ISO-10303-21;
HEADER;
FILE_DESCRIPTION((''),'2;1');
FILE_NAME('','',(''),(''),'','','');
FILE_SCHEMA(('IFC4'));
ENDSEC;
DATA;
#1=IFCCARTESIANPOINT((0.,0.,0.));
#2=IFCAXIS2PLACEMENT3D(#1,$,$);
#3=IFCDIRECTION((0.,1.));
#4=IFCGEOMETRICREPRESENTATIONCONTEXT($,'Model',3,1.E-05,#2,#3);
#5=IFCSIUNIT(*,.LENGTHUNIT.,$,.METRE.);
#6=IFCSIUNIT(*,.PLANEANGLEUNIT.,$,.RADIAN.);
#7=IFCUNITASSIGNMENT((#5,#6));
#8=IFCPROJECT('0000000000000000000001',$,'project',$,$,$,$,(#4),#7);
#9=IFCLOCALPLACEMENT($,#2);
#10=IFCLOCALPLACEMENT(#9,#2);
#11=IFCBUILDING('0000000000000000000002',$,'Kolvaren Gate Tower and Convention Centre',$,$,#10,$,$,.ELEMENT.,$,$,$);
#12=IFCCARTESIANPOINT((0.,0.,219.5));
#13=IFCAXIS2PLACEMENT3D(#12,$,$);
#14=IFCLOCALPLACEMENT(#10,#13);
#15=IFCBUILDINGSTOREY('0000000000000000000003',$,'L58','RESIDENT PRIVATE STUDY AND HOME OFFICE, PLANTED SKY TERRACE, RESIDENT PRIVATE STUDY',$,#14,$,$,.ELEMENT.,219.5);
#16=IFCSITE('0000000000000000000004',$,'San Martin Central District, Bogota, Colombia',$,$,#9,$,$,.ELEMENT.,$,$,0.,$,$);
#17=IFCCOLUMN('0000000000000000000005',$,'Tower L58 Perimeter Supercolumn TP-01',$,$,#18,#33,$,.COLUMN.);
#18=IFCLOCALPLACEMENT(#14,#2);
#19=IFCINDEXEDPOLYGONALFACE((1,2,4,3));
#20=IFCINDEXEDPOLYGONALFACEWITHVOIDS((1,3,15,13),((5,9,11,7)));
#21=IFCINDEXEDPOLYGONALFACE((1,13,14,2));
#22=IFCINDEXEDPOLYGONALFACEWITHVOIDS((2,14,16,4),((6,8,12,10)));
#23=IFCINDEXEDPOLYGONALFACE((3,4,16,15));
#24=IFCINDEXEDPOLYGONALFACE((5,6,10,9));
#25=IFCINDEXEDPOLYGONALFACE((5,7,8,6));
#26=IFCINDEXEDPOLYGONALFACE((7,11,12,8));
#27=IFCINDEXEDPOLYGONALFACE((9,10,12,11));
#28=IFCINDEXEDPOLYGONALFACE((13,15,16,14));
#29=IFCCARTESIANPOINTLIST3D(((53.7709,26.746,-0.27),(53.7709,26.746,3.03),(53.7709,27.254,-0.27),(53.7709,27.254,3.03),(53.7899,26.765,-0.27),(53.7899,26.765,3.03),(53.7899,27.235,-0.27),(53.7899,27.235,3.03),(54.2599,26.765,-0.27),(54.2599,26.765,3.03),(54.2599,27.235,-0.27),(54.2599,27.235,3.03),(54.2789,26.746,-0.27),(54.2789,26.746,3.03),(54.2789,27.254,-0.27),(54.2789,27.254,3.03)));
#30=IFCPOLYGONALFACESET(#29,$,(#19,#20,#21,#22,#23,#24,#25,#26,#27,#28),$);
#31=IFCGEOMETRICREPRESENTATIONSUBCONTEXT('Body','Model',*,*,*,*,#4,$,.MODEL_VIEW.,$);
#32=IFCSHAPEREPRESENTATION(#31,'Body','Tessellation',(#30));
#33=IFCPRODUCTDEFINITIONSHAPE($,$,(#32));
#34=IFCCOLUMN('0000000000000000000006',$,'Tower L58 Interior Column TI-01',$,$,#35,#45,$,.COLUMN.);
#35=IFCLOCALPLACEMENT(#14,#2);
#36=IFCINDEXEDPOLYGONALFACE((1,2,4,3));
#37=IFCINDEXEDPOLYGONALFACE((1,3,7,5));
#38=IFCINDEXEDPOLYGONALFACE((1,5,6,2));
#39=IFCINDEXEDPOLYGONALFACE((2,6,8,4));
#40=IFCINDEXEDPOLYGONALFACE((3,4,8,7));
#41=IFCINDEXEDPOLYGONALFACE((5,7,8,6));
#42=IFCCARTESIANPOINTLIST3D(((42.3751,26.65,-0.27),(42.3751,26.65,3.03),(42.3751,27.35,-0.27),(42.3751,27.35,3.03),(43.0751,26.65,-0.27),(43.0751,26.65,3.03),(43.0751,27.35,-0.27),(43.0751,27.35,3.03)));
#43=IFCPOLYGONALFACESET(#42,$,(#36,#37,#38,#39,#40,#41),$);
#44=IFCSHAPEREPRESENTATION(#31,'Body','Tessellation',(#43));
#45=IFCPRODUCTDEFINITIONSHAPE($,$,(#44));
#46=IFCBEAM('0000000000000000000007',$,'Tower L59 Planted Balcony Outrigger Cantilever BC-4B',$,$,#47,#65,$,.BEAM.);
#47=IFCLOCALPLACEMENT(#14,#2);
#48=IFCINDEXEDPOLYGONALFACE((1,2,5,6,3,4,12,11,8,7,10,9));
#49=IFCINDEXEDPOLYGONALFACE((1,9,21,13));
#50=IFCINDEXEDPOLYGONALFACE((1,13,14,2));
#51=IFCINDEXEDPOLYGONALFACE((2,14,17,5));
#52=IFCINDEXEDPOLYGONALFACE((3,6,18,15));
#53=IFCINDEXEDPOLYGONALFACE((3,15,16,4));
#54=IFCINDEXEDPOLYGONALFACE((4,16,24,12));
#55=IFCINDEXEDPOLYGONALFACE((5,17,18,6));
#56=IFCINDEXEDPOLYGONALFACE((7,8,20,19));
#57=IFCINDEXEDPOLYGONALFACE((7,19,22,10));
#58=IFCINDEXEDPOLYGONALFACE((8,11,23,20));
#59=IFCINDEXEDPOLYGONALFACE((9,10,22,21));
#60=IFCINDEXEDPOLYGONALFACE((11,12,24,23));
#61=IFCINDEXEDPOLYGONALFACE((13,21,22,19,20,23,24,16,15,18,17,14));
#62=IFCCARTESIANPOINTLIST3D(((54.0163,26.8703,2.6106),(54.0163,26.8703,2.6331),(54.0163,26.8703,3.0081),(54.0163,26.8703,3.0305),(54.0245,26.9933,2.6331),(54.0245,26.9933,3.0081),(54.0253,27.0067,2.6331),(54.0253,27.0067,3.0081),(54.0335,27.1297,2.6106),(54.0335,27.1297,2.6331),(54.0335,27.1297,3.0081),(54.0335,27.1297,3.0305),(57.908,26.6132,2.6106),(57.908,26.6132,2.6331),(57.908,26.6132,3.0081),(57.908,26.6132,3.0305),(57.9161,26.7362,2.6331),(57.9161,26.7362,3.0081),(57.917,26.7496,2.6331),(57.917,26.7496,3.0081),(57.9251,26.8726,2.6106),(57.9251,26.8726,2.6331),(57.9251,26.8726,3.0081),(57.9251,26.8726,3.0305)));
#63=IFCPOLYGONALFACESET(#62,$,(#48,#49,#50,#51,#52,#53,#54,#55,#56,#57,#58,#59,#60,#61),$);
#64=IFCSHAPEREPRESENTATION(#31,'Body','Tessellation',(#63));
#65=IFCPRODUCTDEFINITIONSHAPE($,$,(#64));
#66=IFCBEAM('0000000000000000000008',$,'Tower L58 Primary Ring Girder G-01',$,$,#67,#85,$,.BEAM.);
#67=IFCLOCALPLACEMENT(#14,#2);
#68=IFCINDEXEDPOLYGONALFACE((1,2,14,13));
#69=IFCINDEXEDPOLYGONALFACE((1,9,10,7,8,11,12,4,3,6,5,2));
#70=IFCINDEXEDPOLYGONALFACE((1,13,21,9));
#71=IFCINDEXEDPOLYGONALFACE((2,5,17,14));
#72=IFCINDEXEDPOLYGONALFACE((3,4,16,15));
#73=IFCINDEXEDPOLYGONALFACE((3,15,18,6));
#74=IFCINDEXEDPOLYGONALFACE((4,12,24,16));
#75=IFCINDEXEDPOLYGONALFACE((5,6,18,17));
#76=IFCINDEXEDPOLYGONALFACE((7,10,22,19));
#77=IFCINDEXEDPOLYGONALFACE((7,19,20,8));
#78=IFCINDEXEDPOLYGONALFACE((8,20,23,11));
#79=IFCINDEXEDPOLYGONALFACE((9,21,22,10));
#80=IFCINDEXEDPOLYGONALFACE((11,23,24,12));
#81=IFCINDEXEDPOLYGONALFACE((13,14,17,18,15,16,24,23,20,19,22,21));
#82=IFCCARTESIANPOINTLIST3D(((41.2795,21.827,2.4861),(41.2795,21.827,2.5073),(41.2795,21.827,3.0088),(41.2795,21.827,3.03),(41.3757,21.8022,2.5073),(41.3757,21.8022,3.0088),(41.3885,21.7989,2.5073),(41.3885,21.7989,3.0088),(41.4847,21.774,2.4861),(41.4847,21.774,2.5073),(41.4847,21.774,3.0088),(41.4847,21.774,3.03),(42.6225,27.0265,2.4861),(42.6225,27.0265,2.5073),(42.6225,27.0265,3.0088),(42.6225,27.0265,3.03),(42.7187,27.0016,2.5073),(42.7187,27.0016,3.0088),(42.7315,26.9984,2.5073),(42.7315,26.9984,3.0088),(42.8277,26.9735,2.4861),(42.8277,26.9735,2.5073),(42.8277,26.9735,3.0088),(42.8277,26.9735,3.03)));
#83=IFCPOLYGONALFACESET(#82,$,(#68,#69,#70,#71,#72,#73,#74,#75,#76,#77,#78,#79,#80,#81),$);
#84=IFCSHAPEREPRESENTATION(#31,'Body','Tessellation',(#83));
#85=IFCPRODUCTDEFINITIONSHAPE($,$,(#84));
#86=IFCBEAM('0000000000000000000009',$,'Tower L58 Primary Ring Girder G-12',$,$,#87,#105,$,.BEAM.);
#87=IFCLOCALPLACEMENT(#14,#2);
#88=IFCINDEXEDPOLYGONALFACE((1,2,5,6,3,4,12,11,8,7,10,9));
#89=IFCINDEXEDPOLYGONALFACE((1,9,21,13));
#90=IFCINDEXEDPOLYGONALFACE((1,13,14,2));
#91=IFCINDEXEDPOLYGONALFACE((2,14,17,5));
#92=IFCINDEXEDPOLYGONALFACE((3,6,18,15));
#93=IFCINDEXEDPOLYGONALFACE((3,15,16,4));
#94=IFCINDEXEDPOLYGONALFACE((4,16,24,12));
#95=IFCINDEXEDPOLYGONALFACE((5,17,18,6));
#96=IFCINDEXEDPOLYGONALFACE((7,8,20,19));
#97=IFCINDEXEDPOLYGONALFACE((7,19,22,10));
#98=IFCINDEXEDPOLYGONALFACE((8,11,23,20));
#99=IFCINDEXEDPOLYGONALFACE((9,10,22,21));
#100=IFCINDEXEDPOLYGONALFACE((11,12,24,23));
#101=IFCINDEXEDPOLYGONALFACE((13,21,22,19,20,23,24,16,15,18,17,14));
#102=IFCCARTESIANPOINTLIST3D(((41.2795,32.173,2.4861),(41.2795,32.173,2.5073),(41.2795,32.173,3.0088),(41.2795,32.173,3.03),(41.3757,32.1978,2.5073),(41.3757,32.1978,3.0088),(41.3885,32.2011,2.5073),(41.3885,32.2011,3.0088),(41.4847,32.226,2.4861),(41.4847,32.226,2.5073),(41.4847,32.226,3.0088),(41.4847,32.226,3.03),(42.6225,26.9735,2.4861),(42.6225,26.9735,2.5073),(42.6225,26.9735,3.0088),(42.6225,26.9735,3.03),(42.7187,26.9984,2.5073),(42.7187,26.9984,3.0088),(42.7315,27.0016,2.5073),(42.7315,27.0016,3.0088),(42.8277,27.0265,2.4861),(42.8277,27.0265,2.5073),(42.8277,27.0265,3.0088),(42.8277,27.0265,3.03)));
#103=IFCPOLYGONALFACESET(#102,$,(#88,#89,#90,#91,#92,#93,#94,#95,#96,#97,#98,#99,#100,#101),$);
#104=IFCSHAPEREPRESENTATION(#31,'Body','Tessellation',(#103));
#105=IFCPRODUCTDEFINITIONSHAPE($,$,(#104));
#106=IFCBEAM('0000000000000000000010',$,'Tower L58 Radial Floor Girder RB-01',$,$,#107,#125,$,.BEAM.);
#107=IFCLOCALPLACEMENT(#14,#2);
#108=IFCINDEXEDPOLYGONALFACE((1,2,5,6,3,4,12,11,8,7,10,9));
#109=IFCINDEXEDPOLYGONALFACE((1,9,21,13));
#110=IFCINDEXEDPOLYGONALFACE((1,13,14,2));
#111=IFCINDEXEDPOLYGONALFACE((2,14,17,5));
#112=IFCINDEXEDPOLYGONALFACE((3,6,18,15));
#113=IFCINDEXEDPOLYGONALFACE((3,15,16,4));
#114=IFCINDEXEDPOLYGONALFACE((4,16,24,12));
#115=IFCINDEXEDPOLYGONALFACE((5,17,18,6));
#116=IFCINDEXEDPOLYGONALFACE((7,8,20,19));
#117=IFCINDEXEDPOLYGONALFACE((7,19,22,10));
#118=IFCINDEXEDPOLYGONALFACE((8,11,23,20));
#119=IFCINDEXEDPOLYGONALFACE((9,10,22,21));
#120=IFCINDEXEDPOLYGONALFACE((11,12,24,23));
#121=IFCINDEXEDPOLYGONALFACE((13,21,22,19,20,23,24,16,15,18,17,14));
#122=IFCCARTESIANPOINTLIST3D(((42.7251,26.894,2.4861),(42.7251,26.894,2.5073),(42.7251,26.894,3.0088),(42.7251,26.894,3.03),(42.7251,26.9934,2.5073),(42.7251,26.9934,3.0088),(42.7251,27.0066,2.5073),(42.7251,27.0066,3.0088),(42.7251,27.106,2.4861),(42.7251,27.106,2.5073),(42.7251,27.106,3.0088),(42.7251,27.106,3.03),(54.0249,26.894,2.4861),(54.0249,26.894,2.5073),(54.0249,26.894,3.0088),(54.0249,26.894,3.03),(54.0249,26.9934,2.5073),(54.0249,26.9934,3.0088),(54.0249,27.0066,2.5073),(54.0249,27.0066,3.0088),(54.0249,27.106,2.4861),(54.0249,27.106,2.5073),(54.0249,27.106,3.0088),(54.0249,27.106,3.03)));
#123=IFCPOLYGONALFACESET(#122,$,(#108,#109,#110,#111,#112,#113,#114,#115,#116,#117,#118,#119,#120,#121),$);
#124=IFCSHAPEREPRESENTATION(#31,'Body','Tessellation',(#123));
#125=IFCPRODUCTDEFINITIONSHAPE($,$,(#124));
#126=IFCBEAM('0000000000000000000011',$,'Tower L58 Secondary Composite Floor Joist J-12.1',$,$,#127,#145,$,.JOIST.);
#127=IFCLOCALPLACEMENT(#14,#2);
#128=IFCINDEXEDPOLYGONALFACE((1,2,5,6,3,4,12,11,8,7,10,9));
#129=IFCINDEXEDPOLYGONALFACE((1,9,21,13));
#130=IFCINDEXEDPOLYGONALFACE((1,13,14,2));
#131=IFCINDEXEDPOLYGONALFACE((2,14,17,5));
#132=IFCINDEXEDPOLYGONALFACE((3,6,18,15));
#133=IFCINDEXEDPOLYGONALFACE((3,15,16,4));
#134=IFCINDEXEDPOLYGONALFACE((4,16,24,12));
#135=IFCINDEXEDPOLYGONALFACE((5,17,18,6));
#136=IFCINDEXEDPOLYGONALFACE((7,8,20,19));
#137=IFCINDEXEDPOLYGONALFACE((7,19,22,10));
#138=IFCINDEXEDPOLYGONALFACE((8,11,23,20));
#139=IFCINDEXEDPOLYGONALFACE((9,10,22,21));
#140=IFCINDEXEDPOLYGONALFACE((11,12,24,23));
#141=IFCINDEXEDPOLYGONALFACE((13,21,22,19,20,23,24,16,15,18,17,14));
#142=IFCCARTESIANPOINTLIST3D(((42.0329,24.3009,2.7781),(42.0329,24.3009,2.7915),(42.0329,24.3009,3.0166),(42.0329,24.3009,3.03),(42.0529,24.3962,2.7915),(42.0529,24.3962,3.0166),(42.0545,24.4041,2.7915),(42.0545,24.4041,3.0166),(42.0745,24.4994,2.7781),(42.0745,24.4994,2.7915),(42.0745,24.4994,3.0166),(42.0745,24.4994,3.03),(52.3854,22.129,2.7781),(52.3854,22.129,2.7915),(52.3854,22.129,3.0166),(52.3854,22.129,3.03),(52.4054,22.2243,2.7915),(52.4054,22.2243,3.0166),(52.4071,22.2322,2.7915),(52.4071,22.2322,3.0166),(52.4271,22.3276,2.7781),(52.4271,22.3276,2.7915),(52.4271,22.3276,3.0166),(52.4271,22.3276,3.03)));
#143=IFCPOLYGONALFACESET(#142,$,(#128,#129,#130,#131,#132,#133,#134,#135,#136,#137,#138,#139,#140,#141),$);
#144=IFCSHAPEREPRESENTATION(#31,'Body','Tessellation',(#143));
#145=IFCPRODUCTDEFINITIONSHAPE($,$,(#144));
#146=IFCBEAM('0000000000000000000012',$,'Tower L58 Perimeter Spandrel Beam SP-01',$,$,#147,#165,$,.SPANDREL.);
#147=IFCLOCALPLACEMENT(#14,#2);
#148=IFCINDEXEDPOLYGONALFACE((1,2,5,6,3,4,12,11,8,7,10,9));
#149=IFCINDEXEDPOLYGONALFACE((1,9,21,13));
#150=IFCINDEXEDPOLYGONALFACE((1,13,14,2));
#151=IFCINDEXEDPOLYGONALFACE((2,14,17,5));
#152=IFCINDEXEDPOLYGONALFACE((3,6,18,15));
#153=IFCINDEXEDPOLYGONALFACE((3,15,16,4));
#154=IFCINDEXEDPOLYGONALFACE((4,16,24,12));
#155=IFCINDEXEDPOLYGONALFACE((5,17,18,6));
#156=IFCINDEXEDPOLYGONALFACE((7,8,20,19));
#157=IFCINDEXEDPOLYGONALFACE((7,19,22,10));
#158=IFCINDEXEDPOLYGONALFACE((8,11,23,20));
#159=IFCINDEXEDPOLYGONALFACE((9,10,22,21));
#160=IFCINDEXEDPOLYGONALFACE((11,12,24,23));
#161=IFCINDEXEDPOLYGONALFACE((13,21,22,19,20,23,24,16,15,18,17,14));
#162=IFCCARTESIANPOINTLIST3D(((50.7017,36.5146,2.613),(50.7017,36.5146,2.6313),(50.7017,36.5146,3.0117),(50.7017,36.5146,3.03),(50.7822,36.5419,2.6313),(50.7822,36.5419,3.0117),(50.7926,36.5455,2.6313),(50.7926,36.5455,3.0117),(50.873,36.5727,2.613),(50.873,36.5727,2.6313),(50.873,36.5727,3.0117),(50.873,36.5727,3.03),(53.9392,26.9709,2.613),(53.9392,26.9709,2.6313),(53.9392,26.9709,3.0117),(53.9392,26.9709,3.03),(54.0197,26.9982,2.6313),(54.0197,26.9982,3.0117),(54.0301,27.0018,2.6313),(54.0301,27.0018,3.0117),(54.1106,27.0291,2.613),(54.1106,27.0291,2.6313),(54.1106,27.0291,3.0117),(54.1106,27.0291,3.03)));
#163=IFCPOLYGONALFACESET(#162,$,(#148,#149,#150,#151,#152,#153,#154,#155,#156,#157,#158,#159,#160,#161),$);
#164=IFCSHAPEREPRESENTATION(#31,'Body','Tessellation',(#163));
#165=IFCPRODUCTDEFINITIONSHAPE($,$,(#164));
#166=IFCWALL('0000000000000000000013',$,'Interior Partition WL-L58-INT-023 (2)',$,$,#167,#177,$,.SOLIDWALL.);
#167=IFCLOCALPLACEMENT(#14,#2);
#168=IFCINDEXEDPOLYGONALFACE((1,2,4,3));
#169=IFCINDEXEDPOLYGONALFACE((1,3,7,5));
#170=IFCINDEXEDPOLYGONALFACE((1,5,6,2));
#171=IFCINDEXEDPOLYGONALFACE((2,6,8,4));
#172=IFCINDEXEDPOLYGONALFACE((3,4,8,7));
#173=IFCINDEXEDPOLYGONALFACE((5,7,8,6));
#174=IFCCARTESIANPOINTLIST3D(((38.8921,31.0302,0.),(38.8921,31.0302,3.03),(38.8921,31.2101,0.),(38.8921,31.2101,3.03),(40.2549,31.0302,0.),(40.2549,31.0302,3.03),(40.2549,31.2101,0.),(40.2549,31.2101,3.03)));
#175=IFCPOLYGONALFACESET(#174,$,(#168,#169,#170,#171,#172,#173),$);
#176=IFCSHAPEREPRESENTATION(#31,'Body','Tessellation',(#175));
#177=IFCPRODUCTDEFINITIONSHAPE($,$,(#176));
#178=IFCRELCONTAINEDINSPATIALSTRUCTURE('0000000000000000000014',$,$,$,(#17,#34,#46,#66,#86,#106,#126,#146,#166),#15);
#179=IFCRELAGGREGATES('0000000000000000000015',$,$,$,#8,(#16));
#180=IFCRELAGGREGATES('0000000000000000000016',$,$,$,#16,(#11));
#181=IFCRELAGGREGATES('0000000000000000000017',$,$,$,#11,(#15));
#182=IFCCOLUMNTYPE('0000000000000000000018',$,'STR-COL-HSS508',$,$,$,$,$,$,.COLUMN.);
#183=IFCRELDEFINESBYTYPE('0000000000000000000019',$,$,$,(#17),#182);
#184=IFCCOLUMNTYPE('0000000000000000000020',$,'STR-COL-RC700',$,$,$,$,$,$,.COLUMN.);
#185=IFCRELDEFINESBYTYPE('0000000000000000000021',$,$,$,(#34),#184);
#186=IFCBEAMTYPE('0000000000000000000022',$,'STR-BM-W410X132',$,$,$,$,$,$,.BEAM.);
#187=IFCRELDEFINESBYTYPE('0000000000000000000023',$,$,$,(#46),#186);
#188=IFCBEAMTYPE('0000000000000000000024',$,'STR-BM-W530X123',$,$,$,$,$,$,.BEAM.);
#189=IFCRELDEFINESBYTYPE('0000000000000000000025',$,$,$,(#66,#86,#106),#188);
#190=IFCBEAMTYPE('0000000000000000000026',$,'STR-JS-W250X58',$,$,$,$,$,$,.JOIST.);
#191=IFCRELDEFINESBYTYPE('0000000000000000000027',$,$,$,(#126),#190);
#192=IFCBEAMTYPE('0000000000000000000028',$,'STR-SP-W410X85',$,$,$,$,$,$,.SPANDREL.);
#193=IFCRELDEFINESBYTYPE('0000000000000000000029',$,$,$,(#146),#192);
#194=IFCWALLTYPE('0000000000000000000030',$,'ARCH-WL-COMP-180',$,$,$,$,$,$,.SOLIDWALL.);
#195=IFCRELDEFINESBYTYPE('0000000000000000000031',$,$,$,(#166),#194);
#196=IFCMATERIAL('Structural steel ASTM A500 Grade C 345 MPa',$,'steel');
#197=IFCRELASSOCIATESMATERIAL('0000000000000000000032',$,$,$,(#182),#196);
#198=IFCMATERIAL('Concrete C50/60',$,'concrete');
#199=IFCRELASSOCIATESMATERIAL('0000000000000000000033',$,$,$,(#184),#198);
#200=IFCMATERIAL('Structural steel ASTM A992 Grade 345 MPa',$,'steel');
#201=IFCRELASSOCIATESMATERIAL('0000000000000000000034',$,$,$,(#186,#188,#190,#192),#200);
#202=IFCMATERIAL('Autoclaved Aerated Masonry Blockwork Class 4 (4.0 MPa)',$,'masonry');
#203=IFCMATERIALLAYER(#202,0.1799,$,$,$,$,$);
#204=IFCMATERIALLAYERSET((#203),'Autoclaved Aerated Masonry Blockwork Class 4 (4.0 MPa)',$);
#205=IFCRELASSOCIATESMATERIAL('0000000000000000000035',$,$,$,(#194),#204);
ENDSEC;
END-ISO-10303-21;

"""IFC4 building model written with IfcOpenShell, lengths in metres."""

from ifc_helpers import new_model, si_unit, direction, frame, frame_2d, origin, origin_2d, place, context, subcontext, project, spatial, rectangle, hollow_rectangle, i_section, extrude, material, layer, layer_set, material_profile, profile_set, type_object, element, save


model = new_model("IFC4")

# Units and contexts
model_context = context("Model", 3, precision=1e-05, world=origin(), true_north=direction((0.0, 1.0)))
body_context = subcontext(model_context, "Body", "Model", "MODEL_VIEW")
ifc_project = project(units=[si_unit("LENGTHUNIT", "METRE"), si_unit("PLANEANGLEUNIT", "RADIAN")], contexts=[model_context])

# Site, building, storey
site_placement = place(None, origin())
site = spatial("IfcSite", under=ifc_project, at=site_placement, Name="San Martin Central District, Bogota, Colombia", CompositionType="ELEMENT", RefElevation=0.0)
building_placement = place(site_placement, origin())
building = spatial("IfcBuilding", under=site, at=building_placement, Name="Kolvaren Gate Tower and Convention Centre", CompositionType="ELEMENT")
storey_placement = place(building_placement, frame((0.0, 0.0, 219.5)))
storey = spatial("IfcBuildingStorey", under=building, at=storey_placement, Name="L58", Description="RESIDENT PRIVATE STUDY AND HOME OFFICE, PLANTED SKY TERRACE, RESIDENT PRIVATE STUDY", CompositionType="ELEMENT", Elevation=219.5)

# Columns
ifc_material_1 = material(Name="Structural steel ASTM A500 Grade C 345 MPa", Category="steel")
ifc_material_profile_1 = material_profile(ifc_material_1, hollow_rectangle(XDim=0.5081, YDim=0.5081, WallThickness=0.019, at=origin_2d()), Name="HSS508X508X19.1")
ifc_profile_set_1 = profile_set([ifc_material_profile_1], Name="Structural steel ASTM A500 Grade C 345 MPa")
column_type_1 = type_object("IfcColumnType", Name="STR-COL-HSS508", PredefinedType="COLUMN", material=ifc_profile_set_1)
column_1_placement = place(storey_placement, frame((54.0249, 27.0, -0.27), z_axis=(0.0, 0.0, 1.0), x_axis=(1.0, 0.0, 0.0)))
element("IfcColumn", 1, at=column_1_placement, inside=storey, type_object=column_type_1, Name="Tower L58 Perimeter Supercolumn TP-01", PredefinedType="COLUMN", context=body_context, shape_type="SweptSolid", body=[
    extrude(hollow_rectangle(XDim=0.5081, YDim=0.5081, WallThickness=0.019, at=origin_2d()), origin(), (0.0, 0.0, 1.0), 3.3),
])
ifc_material_2 = material(Name="Concrete C50/60", Category="concrete")
ifc_material_profile_2 = material_profile(ifc_material_2, rectangle(XDim=0.7, YDim=0.7, at=origin_2d()), Name="RC-COL-700X700")
ifc_profile_set_2 = profile_set([ifc_material_profile_2], Name="Concrete C50/60")
column_type_2 = type_object("IfcColumnType", Name="STR-COL-RC700", PredefinedType="COLUMN", material=ifc_profile_set_2)
column_2_placement = place(storey_placement, frame((42.7251, 27.0, -0.27), z_axis=(0.0, 0.0, 1.0), x_axis=(1.0, 0.0, 0.0)))
element("IfcColumn", 2, at=column_2_placement, inside=storey, type_object=column_type_2, Name="Tower L58 Interior Column TI-01", PredefinedType="COLUMN", context=body_context, shape_type="SweptSolid", body=[
    extrude(rectangle(XDim=0.7, YDim=0.7, at=origin_2d()), origin(), (0.0, 0.0, 1.0), 3.3),
])

# Beams
ifc_material_3 = material(Name="Structural steel ASTM A992 Grade 345 MPa", Category="steel")
ifc_material_profile_3 = material_profile(ifc_material_3, i_section(OverallWidth=0.26, OverallDepth=0.4199, WebThickness=0.0134, FlangeThickness=0.0225, at=origin_2d()), Name="W410X132")
ifc_profile_set_3 = profile_set([ifc_material_profile_3], Name="Structural steel ASTM A992 Grade 345 MPa")
beam_type_1 = type_object("IfcBeamType", Name="STR-BM-W410X132", PredefinedType="BEAM", material=ifc_profile_set_3)
beam_1_placement = place(storey_placement, frame((54.0249, 27.0, 2.8206), z_axis=(0.997825, -0.065917, 0.0), x_axis=(0.065917, 0.997825, 0.0)))
element("IfcBeam", 3, at=beam_1_placement, inside=storey, type_object=beam_type_1, Name="Tower L59 Planted Balcony Outrigger Cantilever BC-4B", PredefinedType="BEAM", context=body_context, shape_type="SweptSolid", body=[
    extrude(i_section(OverallWidth=0.26, OverallDepth=0.4199, WebThickness=0.0134, FlangeThickness=0.0225, at=origin_2d()), origin(), (0.0, 0.0, 1.0), 3.9001),
])
ifc_material_profile_4 = material_profile(ifc_material_3, i_section(OverallWidth=0.2119, OverallDepth=0.5439, WebThickness=0.0132, FlangeThickness=0.0212, at=origin_2d()), Name="W530X123")
ifc_profile_set_4 = profile_set([ifc_material_profile_4], Name="Structural steel ASTM A992 Grade 345 MPa")
beam_type_2 = type_object("IfcBeamType", Name="STR-BM-W530X123", PredefinedType="BEAM", material=ifc_profile_set_4)
for number, where, z_axis, x_axis, name in (
    (4, (42.7251, 27.0, 2.7581), (-0.250091, -0.968222, 0.0), (0.968222, -0.250091, 0.0), "Tower L58 Primary Ring Girder G-01"),
    (5, (42.7251, 27.0, 2.7581), (-0.250091, 0.968222, 0.0), (-0.968222, -0.250091, 0.0), "Tower L58 Primary Ring Girder G-12"),
):
    element("IfcBeam", number, at=place(storey_placement, frame(where, z_axis=z_axis, x_axis=x_axis)), inside=storey, type_object=beam_type_2, Name=name, PredefinedType="BEAM", context=body_context, shape_type="SweptSolid", body=[
        extrude(i_section(OverallWidth=0.2119, OverallDepth=0.5439, WebThickness=0.0132, FlangeThickness=0.0212, at=origin_2d()), origin(), (0.0, 0.0, 1.0), 5.3701),
    ])
beam_2_placement = place(storey_placement, frame((42.7251, 27.0, 2.7581), z_axis=(1.0, 0.0, 0.0), x_axis=(0.0, 1.0, 0.0)))
element("IfcBeam", 6, at=beam_2_placement, inside=storey, type_object=beam_type_2, Name="Tower L58 Radial Floor Girder RB-01", PredefinedType="BEAM", context=body_context, shape_type="SweptSolid", body=[
    extrude(i_section(OverallWidth=0.2119, OverallDepth=0.5439, WebThickness=0.0132, FlangeThickness=0.0212, at=origin_2d()), origin(), (0.0, 0.0, 1.0), 11.2998),
])
ifc_material_profile_5 = material_profile(ifc_material_3, i_section(OverallWidth=0.2029, OverallDepth=0.252, WebThickness=0.0081, FlangeThickness=0.0134, at=origin_2d()), Name="W250X58")
ifc_profile_set_5 = profile_set([ifc_material_profile_5], Name="Structural steel ASTM A992 Grade 345 MPa")
beam_type_3 = type_object("IfcBeamType", Name="STR-JS-W250X58", PredefinedType="JOIST", material=ifc_profile_set_5)
beam_3_placement = place(storey_placement, frame((42.0537, 24.4001, 2.9041), z_axis=(0.978695, -0.205322, 0.0), x_axis=(0.205322, 0.978695, 0.0)))
element("IfcBeam", 7, at=beam_3_placement, inside=storey, type_object=beam_type_3, Name="Tower L58 Secondary Composite Floor Joist J-12.1", PredefinedType="JOIST", context=body_context, shape_type="SweptSolid", body=[
    extrude(i_section(OverallWidth=0.2029, OverallDepth=0.252, WebThickness=0.0081, FlangeThickness=0.0134, at=origin_2d()), origin(), (0.0, 0.0, 1.0), 10.5779),
])
ifc_material_profile_6 = material_profile(ifc_material_3, i_section(OverallWidth=0.1809, OverallDepth=0.417, WebThickness=0.011, FlangeThickness=0.0183, at=origin_2d()), Name="W410X85")
ifc_profile_set_6 = profile_set([ifc_material_profile_6], Name="Structural steel ASTM A992 Grade 345 MPa")
beam_type_4 = type_object("IfcBeamType", Name="STR-SP-W410X85", PredefinedType="SPANDREL", material=ifc_profile_set_6)
beam_4_placement = place(storey_placement, frame((54.0249, 27.0, 2.8215), z_axis=(-0.321253, 0.946994, 0.0), x_axis=(-0.946994, -0.321253, 0.0)))
element("IfcBeam", 8, at=beam_4_placement, inside=storey, type_object=beam_type_4, Name="Tower L58 Perimeter Spandrel Beam SP-01", PredefinedType="SPANDREL", context=body_context, shape_type="SweptSolid", body=[
    extrude(i_section(OverallWidth=0.1809, OverallDepth=0.417, WebThickness=0.011, FlangeThickness=0.0183, at=origin_2d()), origin(), (0.0, 0.0, 1.0), 10.0779),
])

# Wall
ifc_material_4 = material(Name="Autoclaved Aerated Masonry Blockwork Class 4 (4.0 MPa)", Category="masonry")
ifc_layer_1 = layer(ifc_material_4, 0.1799)
ifc_layer_set_1 = layer_set([ifc_layer_1], Name="Autoclaved Aerated Masonry Blockwork Class 4 (4.0 MPa)")
wall_type_1 = type_object("IfcWallType", Name="ARCH-WL-COMP-180", PredefinedType="SOLIDWALL", material=ifc_layer_set_1)
wall_1_placement = place(storey_placement, frame((38.8921, 31.1201, 0.0), z_axis=(0.0, 0.0, 1.0), x_axis=(1.0, 0.0, 0.0)))
element("IfcWall", 9, at=wall_1_placement, inside=storey, type_object=wall_type_1, Name="Interior Partition WL-L58-INT-023 (2)", PredefinedType="SOLIDWALL", context=body_context, shape_type="SweptSolid", body=[
    extrude(rectangle(XDim=1.3628, YDim=0.1799, at=frame_2d((0.6814, 0.0))), origin(), (0.0, 0.0, 1.0), 3.03),
])

save(model, "model.ifc")
